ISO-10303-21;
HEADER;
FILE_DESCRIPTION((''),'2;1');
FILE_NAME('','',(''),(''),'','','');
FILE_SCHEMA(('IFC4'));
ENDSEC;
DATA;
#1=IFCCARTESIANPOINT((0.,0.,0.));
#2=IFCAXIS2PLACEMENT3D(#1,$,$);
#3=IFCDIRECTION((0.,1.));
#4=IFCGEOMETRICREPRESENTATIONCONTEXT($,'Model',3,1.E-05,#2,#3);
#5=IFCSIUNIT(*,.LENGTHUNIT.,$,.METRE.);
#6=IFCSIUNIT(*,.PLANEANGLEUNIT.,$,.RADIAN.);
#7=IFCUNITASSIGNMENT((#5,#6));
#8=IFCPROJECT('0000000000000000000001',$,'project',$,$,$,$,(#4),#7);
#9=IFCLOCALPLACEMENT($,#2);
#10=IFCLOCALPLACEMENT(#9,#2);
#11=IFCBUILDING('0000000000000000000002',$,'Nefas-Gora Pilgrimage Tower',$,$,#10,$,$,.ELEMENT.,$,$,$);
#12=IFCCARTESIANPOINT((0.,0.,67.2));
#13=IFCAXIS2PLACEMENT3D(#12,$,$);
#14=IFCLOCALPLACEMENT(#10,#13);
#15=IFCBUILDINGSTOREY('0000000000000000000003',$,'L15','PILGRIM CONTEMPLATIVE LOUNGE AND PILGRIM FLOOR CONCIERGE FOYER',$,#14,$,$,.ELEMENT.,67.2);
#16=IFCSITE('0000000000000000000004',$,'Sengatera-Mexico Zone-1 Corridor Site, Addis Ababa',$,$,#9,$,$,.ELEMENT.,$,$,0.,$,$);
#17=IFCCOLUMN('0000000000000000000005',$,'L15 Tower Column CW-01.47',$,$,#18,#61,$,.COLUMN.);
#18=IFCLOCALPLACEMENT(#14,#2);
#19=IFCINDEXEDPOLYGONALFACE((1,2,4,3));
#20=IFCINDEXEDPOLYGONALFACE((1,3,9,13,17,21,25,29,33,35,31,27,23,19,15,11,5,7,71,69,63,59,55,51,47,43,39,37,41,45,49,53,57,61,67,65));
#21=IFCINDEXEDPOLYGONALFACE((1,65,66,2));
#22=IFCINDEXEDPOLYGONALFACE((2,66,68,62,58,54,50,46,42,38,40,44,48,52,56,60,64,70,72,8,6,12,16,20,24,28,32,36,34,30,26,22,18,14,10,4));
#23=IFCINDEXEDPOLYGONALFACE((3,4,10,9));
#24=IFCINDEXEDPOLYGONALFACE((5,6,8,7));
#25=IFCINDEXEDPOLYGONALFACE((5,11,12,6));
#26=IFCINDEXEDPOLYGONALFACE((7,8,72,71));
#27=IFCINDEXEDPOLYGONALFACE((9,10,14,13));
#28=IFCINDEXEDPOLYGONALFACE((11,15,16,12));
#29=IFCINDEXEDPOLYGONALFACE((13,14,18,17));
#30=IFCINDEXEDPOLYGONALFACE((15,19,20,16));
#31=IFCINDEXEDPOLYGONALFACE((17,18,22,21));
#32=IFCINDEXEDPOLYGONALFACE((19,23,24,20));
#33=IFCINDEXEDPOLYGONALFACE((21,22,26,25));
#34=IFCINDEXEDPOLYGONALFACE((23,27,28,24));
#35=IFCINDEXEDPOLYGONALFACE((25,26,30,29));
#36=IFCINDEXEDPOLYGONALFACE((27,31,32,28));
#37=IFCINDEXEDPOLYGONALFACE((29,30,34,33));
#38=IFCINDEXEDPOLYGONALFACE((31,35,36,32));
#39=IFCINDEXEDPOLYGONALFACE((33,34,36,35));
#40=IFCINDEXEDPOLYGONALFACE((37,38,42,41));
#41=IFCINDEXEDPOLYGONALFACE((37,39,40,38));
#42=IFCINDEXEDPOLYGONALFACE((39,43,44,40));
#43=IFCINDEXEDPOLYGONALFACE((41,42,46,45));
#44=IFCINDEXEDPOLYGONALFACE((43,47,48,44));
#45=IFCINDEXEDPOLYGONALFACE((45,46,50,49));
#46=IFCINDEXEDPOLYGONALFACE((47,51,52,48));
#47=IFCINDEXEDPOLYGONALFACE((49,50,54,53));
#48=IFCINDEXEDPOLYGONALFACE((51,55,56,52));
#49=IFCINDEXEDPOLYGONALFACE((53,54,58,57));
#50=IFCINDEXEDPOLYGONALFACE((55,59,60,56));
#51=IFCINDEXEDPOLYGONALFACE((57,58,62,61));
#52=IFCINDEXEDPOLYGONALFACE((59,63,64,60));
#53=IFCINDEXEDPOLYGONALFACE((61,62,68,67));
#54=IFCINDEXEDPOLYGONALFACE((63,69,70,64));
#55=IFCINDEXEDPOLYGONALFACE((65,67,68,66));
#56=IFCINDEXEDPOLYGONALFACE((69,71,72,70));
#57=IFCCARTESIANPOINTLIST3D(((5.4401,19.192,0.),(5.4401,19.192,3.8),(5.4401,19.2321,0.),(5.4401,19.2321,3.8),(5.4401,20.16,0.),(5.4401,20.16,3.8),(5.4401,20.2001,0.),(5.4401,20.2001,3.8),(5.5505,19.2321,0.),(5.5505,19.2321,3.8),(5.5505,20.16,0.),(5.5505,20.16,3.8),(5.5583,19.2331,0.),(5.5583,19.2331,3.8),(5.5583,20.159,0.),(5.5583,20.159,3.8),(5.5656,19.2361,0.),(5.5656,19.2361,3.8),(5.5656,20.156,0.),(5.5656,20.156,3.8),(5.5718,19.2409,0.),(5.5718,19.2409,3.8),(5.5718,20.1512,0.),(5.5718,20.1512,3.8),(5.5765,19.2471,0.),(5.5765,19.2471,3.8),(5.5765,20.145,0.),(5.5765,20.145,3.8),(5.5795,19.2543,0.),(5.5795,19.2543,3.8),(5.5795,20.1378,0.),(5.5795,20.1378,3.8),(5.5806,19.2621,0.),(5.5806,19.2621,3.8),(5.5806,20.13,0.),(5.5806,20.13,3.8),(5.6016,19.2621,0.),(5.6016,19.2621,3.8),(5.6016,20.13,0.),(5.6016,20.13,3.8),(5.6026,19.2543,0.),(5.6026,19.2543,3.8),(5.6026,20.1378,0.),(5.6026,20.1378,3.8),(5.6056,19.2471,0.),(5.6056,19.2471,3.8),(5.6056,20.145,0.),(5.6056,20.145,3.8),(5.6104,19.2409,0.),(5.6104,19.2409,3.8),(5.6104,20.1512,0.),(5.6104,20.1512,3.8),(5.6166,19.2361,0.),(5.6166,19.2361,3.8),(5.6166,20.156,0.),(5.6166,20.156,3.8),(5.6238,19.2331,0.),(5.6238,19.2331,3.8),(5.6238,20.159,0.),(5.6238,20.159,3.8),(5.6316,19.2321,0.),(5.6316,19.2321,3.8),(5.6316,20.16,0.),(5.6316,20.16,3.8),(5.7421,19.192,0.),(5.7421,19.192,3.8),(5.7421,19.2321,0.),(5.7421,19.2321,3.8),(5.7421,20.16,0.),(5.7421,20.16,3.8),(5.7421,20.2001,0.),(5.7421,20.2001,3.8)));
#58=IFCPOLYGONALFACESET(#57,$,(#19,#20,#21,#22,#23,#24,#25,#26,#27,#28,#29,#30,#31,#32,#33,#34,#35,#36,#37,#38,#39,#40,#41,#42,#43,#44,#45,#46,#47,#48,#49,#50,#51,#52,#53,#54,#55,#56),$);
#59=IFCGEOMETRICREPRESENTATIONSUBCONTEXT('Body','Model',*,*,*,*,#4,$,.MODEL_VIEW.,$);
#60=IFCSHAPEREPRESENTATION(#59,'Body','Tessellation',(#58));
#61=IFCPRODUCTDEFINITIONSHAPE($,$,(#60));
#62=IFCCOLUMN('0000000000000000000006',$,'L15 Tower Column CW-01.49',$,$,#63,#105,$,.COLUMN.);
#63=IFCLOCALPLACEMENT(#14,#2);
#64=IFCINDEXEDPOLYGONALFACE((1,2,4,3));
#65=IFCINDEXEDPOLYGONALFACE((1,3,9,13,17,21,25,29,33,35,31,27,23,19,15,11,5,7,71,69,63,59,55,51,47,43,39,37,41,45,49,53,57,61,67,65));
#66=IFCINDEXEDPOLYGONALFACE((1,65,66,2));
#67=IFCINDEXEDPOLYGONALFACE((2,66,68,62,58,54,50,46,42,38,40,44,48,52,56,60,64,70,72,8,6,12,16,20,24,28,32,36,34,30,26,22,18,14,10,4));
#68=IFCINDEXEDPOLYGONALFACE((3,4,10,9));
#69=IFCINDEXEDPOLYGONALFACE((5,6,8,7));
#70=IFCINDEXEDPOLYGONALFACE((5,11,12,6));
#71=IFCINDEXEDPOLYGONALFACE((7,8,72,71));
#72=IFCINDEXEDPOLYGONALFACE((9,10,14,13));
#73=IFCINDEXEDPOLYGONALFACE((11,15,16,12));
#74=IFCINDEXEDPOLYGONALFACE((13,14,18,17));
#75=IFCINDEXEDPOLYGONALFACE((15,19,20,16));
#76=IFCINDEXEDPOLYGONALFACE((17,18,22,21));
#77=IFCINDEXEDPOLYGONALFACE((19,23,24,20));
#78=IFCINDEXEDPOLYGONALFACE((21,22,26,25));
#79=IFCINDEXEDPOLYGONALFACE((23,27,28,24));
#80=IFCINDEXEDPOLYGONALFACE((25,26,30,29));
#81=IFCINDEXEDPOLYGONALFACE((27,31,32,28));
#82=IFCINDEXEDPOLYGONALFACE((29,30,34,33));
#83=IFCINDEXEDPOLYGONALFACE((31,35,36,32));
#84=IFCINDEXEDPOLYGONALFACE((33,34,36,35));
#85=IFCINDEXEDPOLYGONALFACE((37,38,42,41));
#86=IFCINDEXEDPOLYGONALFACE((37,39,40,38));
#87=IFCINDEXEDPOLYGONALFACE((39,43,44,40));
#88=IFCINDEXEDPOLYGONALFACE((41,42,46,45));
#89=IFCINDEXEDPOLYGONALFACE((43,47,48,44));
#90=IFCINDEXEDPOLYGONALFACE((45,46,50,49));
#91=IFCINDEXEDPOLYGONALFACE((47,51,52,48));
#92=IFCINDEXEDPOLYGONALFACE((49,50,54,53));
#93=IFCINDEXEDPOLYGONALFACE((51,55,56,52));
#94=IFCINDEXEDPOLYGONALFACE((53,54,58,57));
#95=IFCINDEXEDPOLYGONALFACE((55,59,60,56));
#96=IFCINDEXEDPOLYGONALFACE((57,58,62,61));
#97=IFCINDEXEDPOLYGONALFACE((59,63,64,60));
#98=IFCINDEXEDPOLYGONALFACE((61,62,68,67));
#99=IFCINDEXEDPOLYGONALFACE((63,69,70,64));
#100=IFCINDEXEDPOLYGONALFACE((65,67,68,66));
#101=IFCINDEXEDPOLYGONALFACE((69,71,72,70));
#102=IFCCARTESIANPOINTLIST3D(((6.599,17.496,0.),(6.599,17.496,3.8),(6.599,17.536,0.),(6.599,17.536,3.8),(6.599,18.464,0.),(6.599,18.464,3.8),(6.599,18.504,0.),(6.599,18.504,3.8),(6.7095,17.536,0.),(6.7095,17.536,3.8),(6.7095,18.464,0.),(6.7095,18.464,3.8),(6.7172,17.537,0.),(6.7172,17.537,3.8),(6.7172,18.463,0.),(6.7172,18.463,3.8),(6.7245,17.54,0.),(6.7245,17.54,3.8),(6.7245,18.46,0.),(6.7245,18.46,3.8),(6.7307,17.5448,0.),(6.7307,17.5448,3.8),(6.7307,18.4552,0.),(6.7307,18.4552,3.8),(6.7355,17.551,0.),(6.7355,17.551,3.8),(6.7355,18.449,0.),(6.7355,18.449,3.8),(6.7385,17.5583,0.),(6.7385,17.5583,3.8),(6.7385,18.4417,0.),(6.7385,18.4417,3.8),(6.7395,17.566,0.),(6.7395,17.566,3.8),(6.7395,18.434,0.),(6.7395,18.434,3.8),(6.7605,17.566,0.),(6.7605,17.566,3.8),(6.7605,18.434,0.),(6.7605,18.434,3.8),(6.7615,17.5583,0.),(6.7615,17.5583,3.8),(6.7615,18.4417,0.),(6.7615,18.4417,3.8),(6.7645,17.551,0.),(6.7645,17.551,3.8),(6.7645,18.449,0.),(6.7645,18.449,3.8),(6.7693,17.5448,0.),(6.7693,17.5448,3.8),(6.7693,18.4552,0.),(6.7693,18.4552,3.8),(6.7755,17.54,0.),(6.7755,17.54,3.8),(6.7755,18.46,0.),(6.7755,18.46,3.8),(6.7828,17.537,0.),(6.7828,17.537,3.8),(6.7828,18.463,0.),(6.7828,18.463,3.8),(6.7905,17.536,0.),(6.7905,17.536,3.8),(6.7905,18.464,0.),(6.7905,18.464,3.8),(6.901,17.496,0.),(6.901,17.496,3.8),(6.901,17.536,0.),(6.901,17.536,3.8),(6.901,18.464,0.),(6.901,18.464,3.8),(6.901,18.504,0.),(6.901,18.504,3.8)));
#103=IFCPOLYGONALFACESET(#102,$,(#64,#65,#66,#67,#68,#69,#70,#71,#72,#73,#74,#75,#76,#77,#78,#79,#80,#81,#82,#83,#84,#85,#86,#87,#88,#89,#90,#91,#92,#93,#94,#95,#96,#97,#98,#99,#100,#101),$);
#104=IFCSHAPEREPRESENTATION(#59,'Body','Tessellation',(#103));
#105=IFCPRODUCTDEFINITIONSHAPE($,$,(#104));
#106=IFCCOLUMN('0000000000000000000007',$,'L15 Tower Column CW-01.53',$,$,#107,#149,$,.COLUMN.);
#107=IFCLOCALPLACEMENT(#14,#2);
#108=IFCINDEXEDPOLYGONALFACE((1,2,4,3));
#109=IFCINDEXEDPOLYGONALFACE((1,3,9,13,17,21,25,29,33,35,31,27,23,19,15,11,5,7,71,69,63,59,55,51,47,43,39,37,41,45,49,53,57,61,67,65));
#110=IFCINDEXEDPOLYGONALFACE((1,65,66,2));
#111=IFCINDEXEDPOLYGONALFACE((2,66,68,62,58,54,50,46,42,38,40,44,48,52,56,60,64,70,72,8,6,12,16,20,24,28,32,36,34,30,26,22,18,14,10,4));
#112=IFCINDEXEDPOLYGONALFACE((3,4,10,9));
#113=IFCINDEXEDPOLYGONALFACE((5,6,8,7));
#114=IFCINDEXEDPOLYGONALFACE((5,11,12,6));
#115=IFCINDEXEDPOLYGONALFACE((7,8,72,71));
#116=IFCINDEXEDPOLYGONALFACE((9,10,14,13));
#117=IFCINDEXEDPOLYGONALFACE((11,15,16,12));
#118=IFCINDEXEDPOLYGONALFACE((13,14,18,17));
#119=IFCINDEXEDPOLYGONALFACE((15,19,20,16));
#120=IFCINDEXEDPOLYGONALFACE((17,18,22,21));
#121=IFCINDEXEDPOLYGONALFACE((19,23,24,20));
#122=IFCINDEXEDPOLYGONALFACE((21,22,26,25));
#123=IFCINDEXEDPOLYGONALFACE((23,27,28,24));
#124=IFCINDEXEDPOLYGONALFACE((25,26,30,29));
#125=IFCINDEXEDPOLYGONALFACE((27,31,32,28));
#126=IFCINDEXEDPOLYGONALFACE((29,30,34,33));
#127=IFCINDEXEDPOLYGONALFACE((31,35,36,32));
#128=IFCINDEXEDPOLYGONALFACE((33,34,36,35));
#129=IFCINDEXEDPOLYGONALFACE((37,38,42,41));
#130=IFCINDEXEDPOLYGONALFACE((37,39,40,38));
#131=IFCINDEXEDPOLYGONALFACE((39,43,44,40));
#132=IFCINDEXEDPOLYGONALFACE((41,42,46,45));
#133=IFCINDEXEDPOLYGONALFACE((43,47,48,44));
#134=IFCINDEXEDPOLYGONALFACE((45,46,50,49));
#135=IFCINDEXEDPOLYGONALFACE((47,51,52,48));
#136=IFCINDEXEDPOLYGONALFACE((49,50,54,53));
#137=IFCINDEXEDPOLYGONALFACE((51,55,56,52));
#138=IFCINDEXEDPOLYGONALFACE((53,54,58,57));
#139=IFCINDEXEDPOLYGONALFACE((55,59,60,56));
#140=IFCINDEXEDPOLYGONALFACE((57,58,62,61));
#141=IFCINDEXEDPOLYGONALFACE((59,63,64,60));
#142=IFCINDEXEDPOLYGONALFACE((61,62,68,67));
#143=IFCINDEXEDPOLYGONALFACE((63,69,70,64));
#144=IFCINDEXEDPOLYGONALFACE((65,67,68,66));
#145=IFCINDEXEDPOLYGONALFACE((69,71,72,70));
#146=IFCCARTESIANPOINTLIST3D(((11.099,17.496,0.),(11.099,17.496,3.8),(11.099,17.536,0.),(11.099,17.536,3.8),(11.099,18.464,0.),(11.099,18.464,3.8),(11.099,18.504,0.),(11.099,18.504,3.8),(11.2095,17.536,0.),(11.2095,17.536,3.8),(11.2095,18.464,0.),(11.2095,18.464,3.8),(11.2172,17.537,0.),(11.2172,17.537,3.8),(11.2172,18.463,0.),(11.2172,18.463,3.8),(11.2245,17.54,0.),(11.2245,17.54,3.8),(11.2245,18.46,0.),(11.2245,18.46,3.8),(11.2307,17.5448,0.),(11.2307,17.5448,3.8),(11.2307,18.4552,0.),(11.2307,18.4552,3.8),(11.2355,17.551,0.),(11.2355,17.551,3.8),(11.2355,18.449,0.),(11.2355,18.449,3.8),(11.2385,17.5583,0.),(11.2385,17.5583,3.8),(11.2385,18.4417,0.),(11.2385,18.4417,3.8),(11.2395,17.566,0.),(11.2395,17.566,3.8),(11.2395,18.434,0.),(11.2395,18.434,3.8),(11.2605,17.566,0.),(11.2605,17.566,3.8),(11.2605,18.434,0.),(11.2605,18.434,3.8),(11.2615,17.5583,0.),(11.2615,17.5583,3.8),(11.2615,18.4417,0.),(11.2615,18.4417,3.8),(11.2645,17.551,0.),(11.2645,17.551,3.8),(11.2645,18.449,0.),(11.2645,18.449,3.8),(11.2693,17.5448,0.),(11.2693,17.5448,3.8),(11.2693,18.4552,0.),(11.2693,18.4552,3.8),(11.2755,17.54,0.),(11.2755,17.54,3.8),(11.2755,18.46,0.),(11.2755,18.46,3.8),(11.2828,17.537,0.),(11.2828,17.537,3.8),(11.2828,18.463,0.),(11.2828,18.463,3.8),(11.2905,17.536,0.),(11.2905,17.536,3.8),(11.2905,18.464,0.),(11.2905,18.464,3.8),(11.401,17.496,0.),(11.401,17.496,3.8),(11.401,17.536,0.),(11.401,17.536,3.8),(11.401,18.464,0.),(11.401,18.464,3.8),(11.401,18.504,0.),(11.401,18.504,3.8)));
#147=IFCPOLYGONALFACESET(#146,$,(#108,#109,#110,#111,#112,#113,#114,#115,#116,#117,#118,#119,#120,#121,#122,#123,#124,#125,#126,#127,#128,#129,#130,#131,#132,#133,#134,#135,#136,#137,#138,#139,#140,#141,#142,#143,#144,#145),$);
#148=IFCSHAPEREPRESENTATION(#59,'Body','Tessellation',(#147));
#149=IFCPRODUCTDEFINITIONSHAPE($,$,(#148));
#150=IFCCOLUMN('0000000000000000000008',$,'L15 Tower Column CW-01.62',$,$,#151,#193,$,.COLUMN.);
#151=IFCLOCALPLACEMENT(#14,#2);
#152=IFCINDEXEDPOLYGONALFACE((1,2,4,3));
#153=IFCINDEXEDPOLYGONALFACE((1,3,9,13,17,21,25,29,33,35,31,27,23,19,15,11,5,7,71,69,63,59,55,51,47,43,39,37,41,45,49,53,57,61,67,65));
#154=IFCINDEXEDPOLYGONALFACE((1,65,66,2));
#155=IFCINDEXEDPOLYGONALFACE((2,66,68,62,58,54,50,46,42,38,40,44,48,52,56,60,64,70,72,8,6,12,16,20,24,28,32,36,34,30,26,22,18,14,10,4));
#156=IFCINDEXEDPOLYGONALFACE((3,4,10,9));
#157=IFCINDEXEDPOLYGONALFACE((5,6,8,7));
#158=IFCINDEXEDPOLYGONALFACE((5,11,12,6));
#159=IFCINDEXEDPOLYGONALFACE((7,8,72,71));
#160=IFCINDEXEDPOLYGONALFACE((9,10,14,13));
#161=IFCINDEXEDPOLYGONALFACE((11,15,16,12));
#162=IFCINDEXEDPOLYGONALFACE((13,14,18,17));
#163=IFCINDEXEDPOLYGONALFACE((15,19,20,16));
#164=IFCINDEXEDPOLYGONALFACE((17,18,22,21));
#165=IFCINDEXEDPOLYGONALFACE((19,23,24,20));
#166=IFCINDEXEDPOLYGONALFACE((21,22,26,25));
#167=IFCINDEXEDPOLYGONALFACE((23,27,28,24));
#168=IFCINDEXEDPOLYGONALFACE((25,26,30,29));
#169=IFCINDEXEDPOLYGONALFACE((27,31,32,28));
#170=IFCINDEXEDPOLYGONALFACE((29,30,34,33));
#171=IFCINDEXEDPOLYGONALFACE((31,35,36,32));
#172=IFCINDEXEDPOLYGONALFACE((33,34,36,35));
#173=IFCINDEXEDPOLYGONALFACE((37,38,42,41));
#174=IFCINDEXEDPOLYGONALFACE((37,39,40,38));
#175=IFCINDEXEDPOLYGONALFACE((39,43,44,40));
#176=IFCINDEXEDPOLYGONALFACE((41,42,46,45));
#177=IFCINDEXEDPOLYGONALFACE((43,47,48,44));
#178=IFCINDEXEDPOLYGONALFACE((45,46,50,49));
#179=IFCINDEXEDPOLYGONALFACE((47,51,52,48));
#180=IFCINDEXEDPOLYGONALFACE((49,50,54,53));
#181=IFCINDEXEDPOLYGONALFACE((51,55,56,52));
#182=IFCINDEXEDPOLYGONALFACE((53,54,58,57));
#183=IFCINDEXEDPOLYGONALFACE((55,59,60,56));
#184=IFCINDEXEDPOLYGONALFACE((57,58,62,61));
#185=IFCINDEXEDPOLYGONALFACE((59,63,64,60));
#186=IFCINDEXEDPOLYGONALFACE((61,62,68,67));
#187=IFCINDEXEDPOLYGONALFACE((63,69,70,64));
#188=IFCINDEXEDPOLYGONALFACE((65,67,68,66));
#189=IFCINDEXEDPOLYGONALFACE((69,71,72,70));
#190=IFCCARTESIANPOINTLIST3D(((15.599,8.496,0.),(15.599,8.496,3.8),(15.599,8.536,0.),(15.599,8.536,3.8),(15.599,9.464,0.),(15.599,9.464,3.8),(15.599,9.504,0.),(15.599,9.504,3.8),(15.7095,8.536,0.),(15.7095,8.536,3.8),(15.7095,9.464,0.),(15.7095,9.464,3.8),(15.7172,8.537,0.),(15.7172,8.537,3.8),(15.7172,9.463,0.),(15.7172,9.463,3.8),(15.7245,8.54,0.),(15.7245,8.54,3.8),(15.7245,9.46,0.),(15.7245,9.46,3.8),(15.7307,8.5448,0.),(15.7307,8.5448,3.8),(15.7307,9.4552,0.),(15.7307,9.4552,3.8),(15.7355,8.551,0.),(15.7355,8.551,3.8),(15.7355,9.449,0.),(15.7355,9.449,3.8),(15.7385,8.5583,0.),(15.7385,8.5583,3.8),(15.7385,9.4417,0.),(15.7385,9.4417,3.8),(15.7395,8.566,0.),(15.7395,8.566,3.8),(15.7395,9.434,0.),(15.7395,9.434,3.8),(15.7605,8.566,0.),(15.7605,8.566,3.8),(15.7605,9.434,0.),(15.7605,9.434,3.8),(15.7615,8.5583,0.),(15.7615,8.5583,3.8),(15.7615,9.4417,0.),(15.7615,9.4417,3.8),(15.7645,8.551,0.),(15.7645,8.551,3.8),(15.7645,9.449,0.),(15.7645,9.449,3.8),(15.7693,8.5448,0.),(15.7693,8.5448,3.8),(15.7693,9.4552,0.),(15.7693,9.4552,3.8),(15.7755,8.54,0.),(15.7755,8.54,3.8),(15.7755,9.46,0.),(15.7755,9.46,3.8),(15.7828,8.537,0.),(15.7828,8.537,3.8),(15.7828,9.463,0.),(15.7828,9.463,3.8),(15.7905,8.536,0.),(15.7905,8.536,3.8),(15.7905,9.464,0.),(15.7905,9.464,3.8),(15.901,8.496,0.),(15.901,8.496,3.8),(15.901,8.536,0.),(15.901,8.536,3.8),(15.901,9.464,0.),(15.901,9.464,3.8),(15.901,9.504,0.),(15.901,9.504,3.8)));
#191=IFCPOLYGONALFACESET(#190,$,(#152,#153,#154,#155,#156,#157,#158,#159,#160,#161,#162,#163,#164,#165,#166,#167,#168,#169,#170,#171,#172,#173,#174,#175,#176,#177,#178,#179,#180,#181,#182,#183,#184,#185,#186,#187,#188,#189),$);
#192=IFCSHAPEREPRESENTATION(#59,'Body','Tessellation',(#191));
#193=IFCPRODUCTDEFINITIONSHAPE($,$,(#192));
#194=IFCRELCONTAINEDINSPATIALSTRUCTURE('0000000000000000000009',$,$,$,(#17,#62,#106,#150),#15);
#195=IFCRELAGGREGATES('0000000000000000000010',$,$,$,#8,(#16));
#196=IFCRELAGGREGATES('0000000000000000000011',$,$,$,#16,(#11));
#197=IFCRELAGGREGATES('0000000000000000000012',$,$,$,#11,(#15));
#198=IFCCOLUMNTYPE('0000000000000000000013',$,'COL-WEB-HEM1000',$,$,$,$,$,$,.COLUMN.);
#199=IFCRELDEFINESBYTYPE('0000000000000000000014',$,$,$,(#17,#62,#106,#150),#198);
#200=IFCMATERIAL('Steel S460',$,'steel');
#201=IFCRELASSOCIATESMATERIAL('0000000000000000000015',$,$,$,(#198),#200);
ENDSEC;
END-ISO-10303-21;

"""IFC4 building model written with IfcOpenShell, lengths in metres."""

from ifc_helpers import new_model, si_unit, direction, frame, origin, origin_2d, place, context, subcontext, project, spatial, i_section, extrude, source, transform, mapped, material, material_profile, profile_set, type_object, element, save


model = new_model("IFC4")

# Units and contexts
model_context = context("Model", 3, precision=1e-05, world=origin(), true_north=direction((0.0, 1.0)))
body_context = subcontext(model_context, "Body", "Model", "MODEL_VIEW")
ifc_project = project(units=[si_unit("LENGTHUNIT", "METRE"), si_unit("PLANEANGLEUNIT", "RADIAN")], contexts=[model_context])

# Site, building, storey
site_placement = place(None, origin())
site = spatial("IfcSite", under=ifc_project, at=site_placement, Name="Sengatera-Mexico Zone-1 Corridor Site, Addis Ababa", CompositionType="ELEMENT", RefElevation=0.0)
building_placement = place(site_placement, origin())
building = spatial("IfcBuilding", under=site, at=building_placement, Name="Nefas-Gora Pilgrimage Tower", CompositionType="ELEMENT")
storey_placement = place(building_placement, frame((0.0, 0.0, 67.2)))
storey = spatial("IfcBuildingStorey", under=building, at=storey_placement, Name="L15", Description="PILGRIM CONTEMPLATIVE LOUNGE AND PILGRIM FLOOR CONCIERGE FOYER", CompositionType="ELEMENT", Elevation=67.2)

# Columns
ifc_material_1 = material(Name="Steel S460", Category="steel")
ifc_material_profile_1 = material_profile(ifc_material_1, i_section(OverallWidth=0.302, OverallDepth=1.0081, WebThickness=0.021, FlangeThickness=0.04, FilletRadius=0.03, at=origin_2d()), Name="HEM 1000")
ifc_profile_set_1 = profile_set([ifc_material_profile_1], Name="Steel S460")
column_type_1 = type_object("IfcColumnType", Name="COL-WEB-HEM1000", PredefinedType="COLUMN", material=ifc_profile_set_1)
shared_shape_1 = source(origin(), body_context, "Body", "SweptSolid", [
    extrude(i_section(OverallWidth=0.302, OverallDepth=1.0081, WebThickness=0.021, FlangeThickness=0.04, FilletRadius=0.03, at=origin_2d()), origin(), (0.0, 0.0, 1.0), 3.8),
])
for number, where, z_axis, x_axis, name in (
    (1, (5.5911, 19.696, 0.0), (0.0, 0.0, 1.0), (1.0, 0.0, 0.0), "L15 Tower Column CW-01.47"),
    (2, (6.75, 18.0, 0.0), (0.0, 0.0, 1.0), (1.0, 0.0, 0.0), "L15 Tower Column CW-01.49"),
    (3, (11.25, 18.0, 0.0), (0.0, 0.0, 1.0), (1.0, 0.0, 0.0), "L15 Tower Column CW-01.53"),
    (4, (15.75, 9.0, 0.0), (0.0, 0.0, 1.0), (1.0, 0.0, 0.0), "L15 Tower Column CW-01.62"),
):
    element("IfcColumn", number, at=place(storey_placement, frame(where, z_axis=z_axis, x_axis=x_axis)), inside=storey, type_object=column_type_1, Name=name, PredefinedType="COLUMN", context=body_context, shape_type="MappedRepresentation", body=[
        mapped(shared_shape_1, transform((0.0, 0.0, 0.0), x_axis=(1.0, 0.0, 0.0), y_axis=(0.0, 1.0, 0.0), z_axis=(0.0, 0.0, 1.0), scale=1.0)),
    ])

save(model, "model.ifc")
